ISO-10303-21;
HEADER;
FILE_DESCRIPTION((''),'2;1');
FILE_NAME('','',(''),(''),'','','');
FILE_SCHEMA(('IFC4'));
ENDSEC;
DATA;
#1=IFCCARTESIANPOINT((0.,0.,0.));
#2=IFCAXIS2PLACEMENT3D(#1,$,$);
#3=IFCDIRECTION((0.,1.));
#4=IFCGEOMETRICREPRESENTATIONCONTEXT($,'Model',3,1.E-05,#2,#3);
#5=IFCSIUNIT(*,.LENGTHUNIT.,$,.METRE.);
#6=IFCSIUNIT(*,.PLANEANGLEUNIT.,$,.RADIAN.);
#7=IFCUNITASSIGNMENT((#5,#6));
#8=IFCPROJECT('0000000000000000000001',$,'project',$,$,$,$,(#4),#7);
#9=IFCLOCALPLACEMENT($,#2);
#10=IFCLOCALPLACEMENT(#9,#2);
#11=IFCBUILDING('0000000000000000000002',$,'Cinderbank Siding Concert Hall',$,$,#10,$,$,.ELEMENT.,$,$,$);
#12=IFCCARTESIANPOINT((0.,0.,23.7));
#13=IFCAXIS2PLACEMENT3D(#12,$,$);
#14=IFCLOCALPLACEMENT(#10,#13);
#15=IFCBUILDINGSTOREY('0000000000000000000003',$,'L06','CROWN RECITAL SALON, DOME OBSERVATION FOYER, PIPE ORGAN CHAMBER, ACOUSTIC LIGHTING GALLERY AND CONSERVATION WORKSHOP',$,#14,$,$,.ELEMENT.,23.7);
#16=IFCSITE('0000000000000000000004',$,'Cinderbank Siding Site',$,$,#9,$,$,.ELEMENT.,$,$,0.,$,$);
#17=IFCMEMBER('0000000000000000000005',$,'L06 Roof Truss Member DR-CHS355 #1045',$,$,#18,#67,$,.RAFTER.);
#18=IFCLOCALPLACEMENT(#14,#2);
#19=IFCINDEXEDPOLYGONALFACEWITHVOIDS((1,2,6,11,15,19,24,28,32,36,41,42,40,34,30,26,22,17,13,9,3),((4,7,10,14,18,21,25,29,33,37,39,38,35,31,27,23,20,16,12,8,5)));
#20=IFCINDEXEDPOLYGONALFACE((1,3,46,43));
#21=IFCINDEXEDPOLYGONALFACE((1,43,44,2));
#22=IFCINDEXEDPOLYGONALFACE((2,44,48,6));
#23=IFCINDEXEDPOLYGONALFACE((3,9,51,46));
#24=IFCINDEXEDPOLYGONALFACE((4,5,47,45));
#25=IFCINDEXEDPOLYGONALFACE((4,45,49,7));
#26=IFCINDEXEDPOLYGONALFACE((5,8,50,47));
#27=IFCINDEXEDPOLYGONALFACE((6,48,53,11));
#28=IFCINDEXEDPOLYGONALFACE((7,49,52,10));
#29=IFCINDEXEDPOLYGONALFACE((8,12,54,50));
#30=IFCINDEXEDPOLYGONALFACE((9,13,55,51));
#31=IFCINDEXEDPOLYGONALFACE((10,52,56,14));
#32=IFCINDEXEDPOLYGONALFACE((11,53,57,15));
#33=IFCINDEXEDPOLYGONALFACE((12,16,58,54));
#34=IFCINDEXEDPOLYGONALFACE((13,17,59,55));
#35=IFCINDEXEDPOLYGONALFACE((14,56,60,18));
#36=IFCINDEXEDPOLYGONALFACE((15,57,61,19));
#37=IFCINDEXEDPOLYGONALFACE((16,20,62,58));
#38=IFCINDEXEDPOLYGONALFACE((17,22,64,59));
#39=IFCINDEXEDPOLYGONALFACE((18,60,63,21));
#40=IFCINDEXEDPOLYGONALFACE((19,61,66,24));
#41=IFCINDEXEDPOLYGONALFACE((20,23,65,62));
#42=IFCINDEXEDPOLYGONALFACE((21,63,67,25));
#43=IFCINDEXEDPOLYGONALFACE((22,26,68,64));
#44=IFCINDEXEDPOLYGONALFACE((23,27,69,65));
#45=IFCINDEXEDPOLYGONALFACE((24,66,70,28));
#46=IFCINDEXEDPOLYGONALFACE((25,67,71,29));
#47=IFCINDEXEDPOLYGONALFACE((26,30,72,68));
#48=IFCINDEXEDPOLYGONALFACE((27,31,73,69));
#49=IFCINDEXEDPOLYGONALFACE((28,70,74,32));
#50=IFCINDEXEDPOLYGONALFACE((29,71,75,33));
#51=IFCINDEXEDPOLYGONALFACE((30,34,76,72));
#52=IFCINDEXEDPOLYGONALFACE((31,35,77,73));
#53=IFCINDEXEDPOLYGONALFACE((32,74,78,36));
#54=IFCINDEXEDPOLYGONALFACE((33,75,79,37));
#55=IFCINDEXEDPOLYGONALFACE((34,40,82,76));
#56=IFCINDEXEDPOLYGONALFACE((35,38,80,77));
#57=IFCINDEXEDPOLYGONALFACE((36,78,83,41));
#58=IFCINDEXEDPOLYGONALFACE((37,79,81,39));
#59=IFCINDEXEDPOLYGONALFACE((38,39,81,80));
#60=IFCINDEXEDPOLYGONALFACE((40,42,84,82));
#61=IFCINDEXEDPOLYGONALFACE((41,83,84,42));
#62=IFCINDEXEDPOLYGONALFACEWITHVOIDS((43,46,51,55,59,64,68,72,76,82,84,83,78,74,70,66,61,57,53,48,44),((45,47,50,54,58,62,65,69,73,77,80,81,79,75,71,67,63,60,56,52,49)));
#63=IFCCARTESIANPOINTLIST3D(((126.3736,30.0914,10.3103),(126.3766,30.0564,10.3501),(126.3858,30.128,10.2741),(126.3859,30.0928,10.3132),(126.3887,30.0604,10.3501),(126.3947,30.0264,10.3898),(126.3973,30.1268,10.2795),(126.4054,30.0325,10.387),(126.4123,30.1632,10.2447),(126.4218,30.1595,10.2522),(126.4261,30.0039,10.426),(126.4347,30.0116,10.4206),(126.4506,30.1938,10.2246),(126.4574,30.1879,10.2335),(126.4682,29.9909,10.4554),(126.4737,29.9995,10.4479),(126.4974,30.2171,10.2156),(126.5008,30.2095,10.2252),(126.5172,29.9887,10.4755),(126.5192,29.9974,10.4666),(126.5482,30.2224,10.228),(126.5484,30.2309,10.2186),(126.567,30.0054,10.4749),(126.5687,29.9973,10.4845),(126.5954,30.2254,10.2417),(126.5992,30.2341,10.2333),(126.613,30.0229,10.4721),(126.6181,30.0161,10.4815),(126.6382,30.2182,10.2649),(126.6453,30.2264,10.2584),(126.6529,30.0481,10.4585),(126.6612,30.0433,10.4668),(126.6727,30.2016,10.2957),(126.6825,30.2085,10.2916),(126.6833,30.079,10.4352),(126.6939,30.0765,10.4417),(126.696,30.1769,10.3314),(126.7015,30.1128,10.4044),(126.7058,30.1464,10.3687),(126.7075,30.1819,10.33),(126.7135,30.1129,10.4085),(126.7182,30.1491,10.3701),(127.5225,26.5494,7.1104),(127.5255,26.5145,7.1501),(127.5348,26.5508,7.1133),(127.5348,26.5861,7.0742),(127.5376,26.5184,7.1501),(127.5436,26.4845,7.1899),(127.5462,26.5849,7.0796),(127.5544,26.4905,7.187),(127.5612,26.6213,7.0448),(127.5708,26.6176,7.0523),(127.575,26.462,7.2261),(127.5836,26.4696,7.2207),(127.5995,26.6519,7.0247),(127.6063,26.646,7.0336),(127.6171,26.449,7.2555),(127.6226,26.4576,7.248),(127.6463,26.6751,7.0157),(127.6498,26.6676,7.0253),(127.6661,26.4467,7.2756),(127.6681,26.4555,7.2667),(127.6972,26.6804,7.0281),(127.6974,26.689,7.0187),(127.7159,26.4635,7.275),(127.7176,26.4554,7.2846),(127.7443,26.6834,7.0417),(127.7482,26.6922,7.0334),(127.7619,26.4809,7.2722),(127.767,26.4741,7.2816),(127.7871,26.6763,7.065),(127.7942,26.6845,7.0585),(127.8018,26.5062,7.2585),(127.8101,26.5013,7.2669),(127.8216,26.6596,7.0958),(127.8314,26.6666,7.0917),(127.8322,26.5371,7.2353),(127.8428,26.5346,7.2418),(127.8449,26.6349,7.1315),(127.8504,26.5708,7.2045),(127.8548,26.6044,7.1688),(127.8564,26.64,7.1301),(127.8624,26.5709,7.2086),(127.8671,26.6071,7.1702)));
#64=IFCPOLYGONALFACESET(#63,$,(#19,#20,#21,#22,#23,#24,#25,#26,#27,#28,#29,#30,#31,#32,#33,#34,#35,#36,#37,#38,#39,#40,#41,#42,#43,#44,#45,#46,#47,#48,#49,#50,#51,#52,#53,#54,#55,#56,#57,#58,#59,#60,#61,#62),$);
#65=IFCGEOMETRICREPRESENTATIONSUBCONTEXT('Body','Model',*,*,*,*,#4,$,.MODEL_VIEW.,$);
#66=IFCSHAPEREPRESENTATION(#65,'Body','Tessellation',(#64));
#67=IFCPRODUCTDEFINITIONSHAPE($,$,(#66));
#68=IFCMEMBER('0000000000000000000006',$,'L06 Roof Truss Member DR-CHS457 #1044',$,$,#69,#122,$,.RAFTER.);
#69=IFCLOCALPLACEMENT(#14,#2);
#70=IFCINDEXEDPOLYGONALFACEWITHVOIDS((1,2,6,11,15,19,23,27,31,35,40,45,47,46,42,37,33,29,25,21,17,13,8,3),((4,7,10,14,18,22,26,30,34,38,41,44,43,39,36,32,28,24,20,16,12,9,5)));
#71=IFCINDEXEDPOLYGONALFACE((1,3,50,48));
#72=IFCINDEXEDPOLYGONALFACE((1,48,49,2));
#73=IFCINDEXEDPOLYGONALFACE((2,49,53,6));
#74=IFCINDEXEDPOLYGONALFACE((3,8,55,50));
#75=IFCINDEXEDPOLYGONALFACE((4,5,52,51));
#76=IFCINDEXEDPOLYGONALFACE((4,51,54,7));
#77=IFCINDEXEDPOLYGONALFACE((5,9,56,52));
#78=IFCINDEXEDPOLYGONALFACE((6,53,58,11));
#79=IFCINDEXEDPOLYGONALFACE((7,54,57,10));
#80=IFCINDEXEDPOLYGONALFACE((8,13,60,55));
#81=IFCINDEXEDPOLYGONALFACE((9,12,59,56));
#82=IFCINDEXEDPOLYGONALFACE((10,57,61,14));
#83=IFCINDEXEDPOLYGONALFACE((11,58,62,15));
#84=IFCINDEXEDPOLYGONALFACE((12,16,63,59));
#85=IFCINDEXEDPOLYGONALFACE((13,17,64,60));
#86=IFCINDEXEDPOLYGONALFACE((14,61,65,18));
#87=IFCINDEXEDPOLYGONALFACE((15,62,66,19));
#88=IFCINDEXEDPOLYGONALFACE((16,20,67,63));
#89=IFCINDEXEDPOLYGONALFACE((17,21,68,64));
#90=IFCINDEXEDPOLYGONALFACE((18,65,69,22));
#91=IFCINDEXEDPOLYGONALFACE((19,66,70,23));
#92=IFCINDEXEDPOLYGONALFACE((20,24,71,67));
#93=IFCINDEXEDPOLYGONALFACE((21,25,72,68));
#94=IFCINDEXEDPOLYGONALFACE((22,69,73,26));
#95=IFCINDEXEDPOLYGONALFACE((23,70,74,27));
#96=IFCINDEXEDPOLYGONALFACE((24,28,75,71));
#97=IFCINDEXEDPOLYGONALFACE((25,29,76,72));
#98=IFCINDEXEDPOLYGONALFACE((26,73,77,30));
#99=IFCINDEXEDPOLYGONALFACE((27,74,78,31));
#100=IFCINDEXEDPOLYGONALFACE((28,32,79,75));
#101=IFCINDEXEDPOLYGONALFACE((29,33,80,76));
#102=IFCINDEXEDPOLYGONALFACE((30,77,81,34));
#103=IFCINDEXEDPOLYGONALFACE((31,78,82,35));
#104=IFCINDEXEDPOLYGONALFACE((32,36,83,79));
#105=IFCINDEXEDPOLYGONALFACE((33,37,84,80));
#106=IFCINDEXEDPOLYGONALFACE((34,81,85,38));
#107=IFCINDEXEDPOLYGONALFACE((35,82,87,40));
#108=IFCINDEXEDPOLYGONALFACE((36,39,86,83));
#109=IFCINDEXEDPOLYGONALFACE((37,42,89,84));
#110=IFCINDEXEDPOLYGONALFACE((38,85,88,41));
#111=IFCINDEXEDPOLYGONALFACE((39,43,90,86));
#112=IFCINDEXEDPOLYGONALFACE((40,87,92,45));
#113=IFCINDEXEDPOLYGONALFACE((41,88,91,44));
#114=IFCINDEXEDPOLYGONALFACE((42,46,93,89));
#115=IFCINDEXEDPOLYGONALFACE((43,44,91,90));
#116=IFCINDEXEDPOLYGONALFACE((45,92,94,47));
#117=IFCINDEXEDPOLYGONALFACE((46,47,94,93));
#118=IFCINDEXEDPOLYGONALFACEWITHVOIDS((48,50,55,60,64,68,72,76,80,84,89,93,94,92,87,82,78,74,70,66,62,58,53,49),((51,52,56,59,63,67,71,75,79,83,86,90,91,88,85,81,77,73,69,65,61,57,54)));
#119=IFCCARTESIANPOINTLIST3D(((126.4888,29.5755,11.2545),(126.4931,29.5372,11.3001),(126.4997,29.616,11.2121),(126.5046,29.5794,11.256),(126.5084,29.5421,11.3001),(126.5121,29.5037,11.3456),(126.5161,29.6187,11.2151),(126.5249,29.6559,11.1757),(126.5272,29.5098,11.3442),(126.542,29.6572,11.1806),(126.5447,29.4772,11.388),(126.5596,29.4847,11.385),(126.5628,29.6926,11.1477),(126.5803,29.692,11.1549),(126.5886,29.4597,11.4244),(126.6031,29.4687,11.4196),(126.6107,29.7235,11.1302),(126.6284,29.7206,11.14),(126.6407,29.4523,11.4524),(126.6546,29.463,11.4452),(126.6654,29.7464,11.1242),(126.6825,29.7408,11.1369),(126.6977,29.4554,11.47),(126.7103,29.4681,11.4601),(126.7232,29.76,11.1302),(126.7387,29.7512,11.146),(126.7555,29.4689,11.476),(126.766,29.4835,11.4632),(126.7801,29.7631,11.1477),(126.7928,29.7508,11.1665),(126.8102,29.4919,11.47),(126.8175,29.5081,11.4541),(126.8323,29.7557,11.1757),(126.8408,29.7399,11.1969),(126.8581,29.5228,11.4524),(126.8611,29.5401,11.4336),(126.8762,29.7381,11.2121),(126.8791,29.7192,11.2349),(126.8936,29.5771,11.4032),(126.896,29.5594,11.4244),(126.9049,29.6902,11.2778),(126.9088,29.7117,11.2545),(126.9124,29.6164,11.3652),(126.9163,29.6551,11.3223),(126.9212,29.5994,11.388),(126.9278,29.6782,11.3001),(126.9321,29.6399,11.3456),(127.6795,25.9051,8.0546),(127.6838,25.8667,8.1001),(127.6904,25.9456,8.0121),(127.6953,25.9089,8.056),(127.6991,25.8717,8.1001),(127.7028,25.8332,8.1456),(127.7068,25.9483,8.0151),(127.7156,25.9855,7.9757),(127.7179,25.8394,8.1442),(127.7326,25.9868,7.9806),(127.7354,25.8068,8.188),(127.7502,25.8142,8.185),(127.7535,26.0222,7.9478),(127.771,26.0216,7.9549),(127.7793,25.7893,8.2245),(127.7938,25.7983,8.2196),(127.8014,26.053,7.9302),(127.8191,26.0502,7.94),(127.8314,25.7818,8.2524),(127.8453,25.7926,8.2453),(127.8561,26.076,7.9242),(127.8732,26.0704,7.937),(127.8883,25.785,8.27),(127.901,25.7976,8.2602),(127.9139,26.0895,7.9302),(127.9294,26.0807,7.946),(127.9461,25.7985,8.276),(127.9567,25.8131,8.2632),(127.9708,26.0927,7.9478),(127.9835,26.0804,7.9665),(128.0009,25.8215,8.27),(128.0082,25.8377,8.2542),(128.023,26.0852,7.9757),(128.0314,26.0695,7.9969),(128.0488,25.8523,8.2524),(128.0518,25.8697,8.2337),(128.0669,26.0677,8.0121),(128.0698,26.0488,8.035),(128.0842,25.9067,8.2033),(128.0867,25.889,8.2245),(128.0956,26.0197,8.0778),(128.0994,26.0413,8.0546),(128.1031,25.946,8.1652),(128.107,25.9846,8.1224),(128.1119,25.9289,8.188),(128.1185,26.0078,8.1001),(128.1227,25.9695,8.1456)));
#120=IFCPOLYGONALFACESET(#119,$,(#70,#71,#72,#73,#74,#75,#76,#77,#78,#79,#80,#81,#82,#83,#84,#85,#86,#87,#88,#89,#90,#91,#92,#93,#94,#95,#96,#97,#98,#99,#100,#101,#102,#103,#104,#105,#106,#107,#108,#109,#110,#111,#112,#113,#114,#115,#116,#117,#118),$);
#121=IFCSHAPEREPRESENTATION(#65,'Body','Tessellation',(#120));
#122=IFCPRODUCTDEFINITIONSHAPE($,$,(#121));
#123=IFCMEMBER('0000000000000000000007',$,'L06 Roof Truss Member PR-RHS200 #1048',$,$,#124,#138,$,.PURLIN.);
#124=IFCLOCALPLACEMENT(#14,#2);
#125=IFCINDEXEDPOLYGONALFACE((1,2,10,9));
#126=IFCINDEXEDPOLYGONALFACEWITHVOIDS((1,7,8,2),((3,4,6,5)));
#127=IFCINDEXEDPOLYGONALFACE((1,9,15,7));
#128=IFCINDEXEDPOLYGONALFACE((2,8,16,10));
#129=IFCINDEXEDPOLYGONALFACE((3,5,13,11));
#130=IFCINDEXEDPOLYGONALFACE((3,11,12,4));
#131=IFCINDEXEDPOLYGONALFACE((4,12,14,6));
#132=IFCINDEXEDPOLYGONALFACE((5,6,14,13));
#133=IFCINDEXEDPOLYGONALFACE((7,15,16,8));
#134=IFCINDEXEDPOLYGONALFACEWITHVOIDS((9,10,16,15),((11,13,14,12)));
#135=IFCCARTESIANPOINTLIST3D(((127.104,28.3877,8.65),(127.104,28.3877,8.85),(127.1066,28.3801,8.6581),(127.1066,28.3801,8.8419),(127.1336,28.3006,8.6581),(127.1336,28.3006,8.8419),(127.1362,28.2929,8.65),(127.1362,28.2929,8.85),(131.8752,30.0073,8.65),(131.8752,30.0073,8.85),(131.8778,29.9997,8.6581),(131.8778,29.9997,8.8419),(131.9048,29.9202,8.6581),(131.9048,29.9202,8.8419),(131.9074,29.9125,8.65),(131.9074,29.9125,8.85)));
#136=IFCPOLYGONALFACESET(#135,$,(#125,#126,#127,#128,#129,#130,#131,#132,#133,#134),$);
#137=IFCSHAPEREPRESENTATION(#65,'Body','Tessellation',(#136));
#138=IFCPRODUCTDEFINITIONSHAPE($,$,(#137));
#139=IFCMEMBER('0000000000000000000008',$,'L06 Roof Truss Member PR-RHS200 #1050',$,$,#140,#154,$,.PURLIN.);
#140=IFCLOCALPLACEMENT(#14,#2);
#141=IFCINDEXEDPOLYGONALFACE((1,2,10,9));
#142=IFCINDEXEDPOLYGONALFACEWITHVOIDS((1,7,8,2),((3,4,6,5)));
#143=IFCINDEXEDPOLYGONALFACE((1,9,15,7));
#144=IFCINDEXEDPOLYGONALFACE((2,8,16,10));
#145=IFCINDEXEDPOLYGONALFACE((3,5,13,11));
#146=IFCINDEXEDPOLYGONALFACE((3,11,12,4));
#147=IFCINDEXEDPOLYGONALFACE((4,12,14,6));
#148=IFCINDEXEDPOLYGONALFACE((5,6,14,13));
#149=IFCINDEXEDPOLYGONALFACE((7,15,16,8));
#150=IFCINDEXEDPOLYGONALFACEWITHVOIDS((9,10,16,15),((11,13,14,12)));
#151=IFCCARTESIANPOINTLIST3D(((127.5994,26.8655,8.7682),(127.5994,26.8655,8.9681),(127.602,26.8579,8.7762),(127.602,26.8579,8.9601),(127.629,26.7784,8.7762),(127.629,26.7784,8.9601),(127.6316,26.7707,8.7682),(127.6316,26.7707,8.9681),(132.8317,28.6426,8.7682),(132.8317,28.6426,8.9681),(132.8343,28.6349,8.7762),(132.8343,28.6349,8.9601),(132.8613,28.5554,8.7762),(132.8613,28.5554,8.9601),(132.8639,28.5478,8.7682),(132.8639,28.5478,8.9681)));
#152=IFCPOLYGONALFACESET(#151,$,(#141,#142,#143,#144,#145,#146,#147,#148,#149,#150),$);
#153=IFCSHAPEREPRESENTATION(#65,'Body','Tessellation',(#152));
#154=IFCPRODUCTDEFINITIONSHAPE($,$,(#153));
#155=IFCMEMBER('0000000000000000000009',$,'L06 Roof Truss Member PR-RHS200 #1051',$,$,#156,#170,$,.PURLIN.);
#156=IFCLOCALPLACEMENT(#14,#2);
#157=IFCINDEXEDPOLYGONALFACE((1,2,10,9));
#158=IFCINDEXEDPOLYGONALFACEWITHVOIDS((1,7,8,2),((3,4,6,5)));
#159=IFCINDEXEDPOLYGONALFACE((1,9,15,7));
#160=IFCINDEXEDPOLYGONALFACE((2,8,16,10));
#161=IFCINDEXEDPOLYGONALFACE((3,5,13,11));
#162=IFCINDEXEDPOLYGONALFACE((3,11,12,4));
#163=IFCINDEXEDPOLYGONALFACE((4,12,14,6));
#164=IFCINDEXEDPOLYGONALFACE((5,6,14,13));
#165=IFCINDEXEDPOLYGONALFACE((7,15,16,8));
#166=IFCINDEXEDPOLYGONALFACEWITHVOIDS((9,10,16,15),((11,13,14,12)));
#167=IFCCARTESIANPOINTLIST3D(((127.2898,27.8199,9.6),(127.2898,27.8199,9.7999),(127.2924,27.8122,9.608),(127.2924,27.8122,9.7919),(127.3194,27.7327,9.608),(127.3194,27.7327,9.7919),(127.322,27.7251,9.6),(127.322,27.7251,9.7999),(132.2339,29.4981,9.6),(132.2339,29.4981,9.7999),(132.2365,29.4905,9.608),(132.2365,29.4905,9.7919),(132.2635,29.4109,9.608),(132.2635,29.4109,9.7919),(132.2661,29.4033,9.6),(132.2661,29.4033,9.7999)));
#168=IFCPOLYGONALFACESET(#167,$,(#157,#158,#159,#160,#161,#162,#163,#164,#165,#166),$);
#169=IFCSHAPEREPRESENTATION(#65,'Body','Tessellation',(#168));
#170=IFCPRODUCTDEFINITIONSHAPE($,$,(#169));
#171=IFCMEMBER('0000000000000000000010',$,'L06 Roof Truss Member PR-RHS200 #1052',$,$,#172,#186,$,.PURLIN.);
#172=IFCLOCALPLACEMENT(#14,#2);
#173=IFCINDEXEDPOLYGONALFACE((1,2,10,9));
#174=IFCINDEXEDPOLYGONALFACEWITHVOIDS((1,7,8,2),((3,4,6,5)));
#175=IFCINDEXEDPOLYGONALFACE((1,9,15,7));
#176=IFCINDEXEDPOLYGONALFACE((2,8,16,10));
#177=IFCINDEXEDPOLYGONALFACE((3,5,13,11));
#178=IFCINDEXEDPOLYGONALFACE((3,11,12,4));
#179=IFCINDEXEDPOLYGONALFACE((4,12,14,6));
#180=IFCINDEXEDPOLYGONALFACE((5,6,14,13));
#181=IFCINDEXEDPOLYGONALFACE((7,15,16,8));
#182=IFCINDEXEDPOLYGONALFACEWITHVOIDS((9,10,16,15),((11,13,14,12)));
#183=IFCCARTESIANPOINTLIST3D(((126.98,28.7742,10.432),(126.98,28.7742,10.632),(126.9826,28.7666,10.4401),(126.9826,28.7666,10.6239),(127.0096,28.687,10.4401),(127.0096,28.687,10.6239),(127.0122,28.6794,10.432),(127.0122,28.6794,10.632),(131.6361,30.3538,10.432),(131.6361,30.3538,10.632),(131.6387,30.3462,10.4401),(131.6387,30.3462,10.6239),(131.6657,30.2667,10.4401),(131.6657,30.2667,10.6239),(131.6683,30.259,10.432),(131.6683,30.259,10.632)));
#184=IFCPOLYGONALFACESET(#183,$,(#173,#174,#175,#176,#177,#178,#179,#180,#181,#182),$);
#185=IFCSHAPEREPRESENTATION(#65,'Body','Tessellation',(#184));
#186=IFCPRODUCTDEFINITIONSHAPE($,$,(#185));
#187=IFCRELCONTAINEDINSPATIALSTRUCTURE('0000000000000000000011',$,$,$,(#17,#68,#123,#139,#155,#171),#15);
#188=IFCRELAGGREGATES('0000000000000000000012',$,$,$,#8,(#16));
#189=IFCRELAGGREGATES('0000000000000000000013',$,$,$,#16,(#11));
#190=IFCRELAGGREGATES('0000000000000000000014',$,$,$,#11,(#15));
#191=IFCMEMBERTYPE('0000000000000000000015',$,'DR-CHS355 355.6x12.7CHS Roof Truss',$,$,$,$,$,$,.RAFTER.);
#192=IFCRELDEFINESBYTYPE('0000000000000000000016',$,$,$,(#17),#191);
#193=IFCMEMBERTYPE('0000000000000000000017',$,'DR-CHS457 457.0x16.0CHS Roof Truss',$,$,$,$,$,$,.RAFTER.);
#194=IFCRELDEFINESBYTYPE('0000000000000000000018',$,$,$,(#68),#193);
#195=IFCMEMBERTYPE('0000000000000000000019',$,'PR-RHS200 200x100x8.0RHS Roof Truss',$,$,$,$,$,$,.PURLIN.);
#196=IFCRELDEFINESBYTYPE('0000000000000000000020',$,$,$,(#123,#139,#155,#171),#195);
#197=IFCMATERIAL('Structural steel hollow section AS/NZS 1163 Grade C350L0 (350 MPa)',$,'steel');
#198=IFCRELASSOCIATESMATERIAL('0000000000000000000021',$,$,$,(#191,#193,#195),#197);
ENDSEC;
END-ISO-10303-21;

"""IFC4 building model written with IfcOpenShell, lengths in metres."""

from ifc_helpers import new_model, si_unit, direction, frame, origin, origin_2d, place, context, subcontext, project, spatial, hollow_rectangle, hollow_circle, extrude, material, material_profile, profile_set, type_object, element, save


model = new_model("IFC4")

# Units and contexts
model_context = context("Model", 3, precision=1e-05, world=origin(), true_north=direction((0.0, 1.0)))
body_context = subcontext(model_context, "Body", "Model", "MODEL_VIEW")
ifc_project = project(units=[si_unit("LENGTHUNIT", "METRE"), si_unit("PLANEANGLEUNIT", "RADIAN")], contexts=[model_context])

# Site, building, storey
site_placement = place(None, origin())
site = spatial("IfcSite", under=ifc_project, at=site_placement, Name="Cinderbank Siding Site", CompositionType="ELEMENT", RefElevation=0.0)
building_placement = place(site_placement, origin())
building = spatial("IfcBuilding", under=site, at=building_placement, Name="Cinderbank Siding Concert Hall", CompositionType="ELEMENT")
storey_placement = place(building_placement, frame((0.0, 0.0, 23.7)))
storey = spatial("IfcBuildingStorey", under=building, at=storey_placement, Name="L06", Description="CROWN RECITAL SALON, DOME OBSERVATION FOYER, PIPE ORGAN CHAMBER, ACOUSTIC LIGHTING GALLERY AND CONSERVATION WORKSHOP", CompositionType="ELEMENT", Elevation=23.7)

# Members
ifc_material_1 = material(Name="Structural steel hollow section AS/NZS 1163 Grade C350L0 (350 MPa)", Category="steel")
ifc_material_profile_1 = material_profile(ifc_material_1, hollow_circle(Radius=0.1777, WallThickness=0.0127, at=origin_2d()), Name="355.6x12.7CHS", Category="LoadBearing")
ifc_profile_set_1 = profile_set([ifc_material_profile_1], Name="Structural steel hollow section AS/NZS 1163 Grade C350L0 (350 MPa)")
member_type_1 = type_object("IfcMemberType", Name="DR-CHS355 355.6x12.7CHS Roof Truss", PredefinedType="RAFTER", material=ifc_profile_set_1)
member_1_placement = place(storey_placement, frame((127.6946, 26.5693, 7.1501), z_axis=(-0.23401, 0.721423, 0.651757), x_axis=(-0.951209, -0.308546, 0.0)))
element("IfcMember", 1, at=member_1_placement, inside=storey, type_object=member_type_1, Name="L06 Roof Truss Member DR-CHS355 #1045", PredefinedType="RAFTER", context=body_context, shape_type="SweptSolid", body=[
    extrude(hollow_circle(Radius=0.1777, WallThickness=0.0127, at=origin_2d()), origin(), (0.0, 0.0, 1.0), 4.9097),
])
ifc_material_profile_2 = material_profile(ifc_material_1, hollow_circle(Radius=0.2285, WallThickness=0.0161, at=origin_2d()), Name="457.0x16.0CHS", Category="LoadBearing")
ifc_profile_set_2 = profile_set([ifc_material_profile_2], Name="Structural steel hollow section AS/NZS 1163 Grade C350L0 (350 MPa)")
member_type_2 = type_object("IfcMemberType", Name="DR-CHS457 457.0x16.0CHS Roof Truss", PredefinedType="RAFTER", material=ifc_profile_set_2)
member_2_placement = place(storey_placement, frame((127.9011, 25.9373, 8.1001), z_axis=(-0.237521, 0.732191, 0.638342), x_axis=(-0.951202, -0.308568, 0.0)))
element("IfcMember", 2, at=member_2_placement, inside=storey, type_object=member_type_2, Name="L06 Roof Truss Member DR-CHS457 #1044", PredefinedType="RAFTER", context=body_context, shape_type="SweptSolid", body=[
    extrude(hollow_circle(Radius=0.2285, WallThickness=0.0161, at=origin_2d()), origin(), (0.0, 0.0, 1.0), 5.0129),
])
ifc_material_profile_3 = material_profile(ifc_material_1, hollow_rectangle(XDim=0.1001, YDim=0.2, WallThickness=0.0081, at=origin_2d()), Name="200x100x8.0RHS", Category="LoadBearing")
ifc_profile_set_3 = profile_set([ifc_material_profile_3], Name="Structural steel hollow section AS/NZS 1163 Grade C350L0 (350 MPa)")
member_type_3 = type_object("IfcMemberType", Name="PR-RHS200 200x100x8.0RHS Roof Truss", PredefinedType="PURLIN", material=ifc_profile_set_3)
member_3_placement = place(storey_placement, frame((127.1201, 28.3403, 8.75), z_axis=(0.946929, 0.321441, 0.0), x_axis=(-0.321441, 0.946929, 0.0)))
element("IfcMember", 3, at=member_3_placement, inside=storey, type_object=member_type_3, Name="L06 Roof Truss Member PR-RHS200 #1048", PredefinedType="PURLIN", context=body_context, shape_type="SweptSolid", body=[
    extrude(hollow_rectangle(XDim=0.1001, YDim=0.2, WallThickness=0.0081, at=origin_2d()), origin(), (0.0, 0.0, 1.0), 5.0386),
])
member_4_placement = place(storey_placement, frame((127.6155, 26.8181, 8.8682), z_axis=(0.946879, 0.321591, 0.0), x_axis=(-0.321591, 0.946879, 0.0)))
element("IfcMember", 4, at=member_4_placement, inside=storey, type_object=member_type_3, Name="L06 Roof Truss Member PR-RHS200 #1050", PredefinedType="PURLIN", context=body_context, shape_type="SweptSolid", body=[
    extrude(hollow_rectangle(XDim=0.1001, YDim=0.2, WallThickness=0.0081, at=origin_2d()), origin(), (0.0, 0.0, 1.0), 5.5259),
])
member_5_placement = place(storey_placement, frame((127.3059, 27.7725, 9.7), z_axis=(0.946934, 0.321427, 0.0), x_axis=(-0.321427, 0.946934, 0.0)))
element("IfcMember", 5, at=member_5_placement, inside=storey, type_object=member_type_3, Name="L06 Roof Truss Member PR-RHS200 #1051", PredefinedType="PURLIN", context=body_context, shape_type="SweptSolid", body=[
    extrude(hollow_rectangle(XDim=0.1001, YDim=0.2, WallThickness=0.0081, at=origin_2d()), origin(), (0.0, 0.0, 1.0), 5.2212),
])
member_6_placement = place(storey_placement, frame((126.9961, 28.7268, 10.532), z_axis=(0.946987, 0.321273, 0.0), x_axis=(-0.321273, 0.946987, 0.0)))
element("IfcMember", 6, at=member_6_placement, inside=storey, type_object=member_type_3, Name="L06 Roof Truss Member PR-RHS200 #1052", PredefinedType="PURLIN", context=body_context, shape_type="SweptSolid", body=[
    extrude(hollow_rectangle(XDim=0.1001, YDim=0.2, WallThickness=0.0081, at=origin_2d()), origin(), (0.0, 0.0, 1.0), 4.9167),
])

save(model, "model.ifc")
